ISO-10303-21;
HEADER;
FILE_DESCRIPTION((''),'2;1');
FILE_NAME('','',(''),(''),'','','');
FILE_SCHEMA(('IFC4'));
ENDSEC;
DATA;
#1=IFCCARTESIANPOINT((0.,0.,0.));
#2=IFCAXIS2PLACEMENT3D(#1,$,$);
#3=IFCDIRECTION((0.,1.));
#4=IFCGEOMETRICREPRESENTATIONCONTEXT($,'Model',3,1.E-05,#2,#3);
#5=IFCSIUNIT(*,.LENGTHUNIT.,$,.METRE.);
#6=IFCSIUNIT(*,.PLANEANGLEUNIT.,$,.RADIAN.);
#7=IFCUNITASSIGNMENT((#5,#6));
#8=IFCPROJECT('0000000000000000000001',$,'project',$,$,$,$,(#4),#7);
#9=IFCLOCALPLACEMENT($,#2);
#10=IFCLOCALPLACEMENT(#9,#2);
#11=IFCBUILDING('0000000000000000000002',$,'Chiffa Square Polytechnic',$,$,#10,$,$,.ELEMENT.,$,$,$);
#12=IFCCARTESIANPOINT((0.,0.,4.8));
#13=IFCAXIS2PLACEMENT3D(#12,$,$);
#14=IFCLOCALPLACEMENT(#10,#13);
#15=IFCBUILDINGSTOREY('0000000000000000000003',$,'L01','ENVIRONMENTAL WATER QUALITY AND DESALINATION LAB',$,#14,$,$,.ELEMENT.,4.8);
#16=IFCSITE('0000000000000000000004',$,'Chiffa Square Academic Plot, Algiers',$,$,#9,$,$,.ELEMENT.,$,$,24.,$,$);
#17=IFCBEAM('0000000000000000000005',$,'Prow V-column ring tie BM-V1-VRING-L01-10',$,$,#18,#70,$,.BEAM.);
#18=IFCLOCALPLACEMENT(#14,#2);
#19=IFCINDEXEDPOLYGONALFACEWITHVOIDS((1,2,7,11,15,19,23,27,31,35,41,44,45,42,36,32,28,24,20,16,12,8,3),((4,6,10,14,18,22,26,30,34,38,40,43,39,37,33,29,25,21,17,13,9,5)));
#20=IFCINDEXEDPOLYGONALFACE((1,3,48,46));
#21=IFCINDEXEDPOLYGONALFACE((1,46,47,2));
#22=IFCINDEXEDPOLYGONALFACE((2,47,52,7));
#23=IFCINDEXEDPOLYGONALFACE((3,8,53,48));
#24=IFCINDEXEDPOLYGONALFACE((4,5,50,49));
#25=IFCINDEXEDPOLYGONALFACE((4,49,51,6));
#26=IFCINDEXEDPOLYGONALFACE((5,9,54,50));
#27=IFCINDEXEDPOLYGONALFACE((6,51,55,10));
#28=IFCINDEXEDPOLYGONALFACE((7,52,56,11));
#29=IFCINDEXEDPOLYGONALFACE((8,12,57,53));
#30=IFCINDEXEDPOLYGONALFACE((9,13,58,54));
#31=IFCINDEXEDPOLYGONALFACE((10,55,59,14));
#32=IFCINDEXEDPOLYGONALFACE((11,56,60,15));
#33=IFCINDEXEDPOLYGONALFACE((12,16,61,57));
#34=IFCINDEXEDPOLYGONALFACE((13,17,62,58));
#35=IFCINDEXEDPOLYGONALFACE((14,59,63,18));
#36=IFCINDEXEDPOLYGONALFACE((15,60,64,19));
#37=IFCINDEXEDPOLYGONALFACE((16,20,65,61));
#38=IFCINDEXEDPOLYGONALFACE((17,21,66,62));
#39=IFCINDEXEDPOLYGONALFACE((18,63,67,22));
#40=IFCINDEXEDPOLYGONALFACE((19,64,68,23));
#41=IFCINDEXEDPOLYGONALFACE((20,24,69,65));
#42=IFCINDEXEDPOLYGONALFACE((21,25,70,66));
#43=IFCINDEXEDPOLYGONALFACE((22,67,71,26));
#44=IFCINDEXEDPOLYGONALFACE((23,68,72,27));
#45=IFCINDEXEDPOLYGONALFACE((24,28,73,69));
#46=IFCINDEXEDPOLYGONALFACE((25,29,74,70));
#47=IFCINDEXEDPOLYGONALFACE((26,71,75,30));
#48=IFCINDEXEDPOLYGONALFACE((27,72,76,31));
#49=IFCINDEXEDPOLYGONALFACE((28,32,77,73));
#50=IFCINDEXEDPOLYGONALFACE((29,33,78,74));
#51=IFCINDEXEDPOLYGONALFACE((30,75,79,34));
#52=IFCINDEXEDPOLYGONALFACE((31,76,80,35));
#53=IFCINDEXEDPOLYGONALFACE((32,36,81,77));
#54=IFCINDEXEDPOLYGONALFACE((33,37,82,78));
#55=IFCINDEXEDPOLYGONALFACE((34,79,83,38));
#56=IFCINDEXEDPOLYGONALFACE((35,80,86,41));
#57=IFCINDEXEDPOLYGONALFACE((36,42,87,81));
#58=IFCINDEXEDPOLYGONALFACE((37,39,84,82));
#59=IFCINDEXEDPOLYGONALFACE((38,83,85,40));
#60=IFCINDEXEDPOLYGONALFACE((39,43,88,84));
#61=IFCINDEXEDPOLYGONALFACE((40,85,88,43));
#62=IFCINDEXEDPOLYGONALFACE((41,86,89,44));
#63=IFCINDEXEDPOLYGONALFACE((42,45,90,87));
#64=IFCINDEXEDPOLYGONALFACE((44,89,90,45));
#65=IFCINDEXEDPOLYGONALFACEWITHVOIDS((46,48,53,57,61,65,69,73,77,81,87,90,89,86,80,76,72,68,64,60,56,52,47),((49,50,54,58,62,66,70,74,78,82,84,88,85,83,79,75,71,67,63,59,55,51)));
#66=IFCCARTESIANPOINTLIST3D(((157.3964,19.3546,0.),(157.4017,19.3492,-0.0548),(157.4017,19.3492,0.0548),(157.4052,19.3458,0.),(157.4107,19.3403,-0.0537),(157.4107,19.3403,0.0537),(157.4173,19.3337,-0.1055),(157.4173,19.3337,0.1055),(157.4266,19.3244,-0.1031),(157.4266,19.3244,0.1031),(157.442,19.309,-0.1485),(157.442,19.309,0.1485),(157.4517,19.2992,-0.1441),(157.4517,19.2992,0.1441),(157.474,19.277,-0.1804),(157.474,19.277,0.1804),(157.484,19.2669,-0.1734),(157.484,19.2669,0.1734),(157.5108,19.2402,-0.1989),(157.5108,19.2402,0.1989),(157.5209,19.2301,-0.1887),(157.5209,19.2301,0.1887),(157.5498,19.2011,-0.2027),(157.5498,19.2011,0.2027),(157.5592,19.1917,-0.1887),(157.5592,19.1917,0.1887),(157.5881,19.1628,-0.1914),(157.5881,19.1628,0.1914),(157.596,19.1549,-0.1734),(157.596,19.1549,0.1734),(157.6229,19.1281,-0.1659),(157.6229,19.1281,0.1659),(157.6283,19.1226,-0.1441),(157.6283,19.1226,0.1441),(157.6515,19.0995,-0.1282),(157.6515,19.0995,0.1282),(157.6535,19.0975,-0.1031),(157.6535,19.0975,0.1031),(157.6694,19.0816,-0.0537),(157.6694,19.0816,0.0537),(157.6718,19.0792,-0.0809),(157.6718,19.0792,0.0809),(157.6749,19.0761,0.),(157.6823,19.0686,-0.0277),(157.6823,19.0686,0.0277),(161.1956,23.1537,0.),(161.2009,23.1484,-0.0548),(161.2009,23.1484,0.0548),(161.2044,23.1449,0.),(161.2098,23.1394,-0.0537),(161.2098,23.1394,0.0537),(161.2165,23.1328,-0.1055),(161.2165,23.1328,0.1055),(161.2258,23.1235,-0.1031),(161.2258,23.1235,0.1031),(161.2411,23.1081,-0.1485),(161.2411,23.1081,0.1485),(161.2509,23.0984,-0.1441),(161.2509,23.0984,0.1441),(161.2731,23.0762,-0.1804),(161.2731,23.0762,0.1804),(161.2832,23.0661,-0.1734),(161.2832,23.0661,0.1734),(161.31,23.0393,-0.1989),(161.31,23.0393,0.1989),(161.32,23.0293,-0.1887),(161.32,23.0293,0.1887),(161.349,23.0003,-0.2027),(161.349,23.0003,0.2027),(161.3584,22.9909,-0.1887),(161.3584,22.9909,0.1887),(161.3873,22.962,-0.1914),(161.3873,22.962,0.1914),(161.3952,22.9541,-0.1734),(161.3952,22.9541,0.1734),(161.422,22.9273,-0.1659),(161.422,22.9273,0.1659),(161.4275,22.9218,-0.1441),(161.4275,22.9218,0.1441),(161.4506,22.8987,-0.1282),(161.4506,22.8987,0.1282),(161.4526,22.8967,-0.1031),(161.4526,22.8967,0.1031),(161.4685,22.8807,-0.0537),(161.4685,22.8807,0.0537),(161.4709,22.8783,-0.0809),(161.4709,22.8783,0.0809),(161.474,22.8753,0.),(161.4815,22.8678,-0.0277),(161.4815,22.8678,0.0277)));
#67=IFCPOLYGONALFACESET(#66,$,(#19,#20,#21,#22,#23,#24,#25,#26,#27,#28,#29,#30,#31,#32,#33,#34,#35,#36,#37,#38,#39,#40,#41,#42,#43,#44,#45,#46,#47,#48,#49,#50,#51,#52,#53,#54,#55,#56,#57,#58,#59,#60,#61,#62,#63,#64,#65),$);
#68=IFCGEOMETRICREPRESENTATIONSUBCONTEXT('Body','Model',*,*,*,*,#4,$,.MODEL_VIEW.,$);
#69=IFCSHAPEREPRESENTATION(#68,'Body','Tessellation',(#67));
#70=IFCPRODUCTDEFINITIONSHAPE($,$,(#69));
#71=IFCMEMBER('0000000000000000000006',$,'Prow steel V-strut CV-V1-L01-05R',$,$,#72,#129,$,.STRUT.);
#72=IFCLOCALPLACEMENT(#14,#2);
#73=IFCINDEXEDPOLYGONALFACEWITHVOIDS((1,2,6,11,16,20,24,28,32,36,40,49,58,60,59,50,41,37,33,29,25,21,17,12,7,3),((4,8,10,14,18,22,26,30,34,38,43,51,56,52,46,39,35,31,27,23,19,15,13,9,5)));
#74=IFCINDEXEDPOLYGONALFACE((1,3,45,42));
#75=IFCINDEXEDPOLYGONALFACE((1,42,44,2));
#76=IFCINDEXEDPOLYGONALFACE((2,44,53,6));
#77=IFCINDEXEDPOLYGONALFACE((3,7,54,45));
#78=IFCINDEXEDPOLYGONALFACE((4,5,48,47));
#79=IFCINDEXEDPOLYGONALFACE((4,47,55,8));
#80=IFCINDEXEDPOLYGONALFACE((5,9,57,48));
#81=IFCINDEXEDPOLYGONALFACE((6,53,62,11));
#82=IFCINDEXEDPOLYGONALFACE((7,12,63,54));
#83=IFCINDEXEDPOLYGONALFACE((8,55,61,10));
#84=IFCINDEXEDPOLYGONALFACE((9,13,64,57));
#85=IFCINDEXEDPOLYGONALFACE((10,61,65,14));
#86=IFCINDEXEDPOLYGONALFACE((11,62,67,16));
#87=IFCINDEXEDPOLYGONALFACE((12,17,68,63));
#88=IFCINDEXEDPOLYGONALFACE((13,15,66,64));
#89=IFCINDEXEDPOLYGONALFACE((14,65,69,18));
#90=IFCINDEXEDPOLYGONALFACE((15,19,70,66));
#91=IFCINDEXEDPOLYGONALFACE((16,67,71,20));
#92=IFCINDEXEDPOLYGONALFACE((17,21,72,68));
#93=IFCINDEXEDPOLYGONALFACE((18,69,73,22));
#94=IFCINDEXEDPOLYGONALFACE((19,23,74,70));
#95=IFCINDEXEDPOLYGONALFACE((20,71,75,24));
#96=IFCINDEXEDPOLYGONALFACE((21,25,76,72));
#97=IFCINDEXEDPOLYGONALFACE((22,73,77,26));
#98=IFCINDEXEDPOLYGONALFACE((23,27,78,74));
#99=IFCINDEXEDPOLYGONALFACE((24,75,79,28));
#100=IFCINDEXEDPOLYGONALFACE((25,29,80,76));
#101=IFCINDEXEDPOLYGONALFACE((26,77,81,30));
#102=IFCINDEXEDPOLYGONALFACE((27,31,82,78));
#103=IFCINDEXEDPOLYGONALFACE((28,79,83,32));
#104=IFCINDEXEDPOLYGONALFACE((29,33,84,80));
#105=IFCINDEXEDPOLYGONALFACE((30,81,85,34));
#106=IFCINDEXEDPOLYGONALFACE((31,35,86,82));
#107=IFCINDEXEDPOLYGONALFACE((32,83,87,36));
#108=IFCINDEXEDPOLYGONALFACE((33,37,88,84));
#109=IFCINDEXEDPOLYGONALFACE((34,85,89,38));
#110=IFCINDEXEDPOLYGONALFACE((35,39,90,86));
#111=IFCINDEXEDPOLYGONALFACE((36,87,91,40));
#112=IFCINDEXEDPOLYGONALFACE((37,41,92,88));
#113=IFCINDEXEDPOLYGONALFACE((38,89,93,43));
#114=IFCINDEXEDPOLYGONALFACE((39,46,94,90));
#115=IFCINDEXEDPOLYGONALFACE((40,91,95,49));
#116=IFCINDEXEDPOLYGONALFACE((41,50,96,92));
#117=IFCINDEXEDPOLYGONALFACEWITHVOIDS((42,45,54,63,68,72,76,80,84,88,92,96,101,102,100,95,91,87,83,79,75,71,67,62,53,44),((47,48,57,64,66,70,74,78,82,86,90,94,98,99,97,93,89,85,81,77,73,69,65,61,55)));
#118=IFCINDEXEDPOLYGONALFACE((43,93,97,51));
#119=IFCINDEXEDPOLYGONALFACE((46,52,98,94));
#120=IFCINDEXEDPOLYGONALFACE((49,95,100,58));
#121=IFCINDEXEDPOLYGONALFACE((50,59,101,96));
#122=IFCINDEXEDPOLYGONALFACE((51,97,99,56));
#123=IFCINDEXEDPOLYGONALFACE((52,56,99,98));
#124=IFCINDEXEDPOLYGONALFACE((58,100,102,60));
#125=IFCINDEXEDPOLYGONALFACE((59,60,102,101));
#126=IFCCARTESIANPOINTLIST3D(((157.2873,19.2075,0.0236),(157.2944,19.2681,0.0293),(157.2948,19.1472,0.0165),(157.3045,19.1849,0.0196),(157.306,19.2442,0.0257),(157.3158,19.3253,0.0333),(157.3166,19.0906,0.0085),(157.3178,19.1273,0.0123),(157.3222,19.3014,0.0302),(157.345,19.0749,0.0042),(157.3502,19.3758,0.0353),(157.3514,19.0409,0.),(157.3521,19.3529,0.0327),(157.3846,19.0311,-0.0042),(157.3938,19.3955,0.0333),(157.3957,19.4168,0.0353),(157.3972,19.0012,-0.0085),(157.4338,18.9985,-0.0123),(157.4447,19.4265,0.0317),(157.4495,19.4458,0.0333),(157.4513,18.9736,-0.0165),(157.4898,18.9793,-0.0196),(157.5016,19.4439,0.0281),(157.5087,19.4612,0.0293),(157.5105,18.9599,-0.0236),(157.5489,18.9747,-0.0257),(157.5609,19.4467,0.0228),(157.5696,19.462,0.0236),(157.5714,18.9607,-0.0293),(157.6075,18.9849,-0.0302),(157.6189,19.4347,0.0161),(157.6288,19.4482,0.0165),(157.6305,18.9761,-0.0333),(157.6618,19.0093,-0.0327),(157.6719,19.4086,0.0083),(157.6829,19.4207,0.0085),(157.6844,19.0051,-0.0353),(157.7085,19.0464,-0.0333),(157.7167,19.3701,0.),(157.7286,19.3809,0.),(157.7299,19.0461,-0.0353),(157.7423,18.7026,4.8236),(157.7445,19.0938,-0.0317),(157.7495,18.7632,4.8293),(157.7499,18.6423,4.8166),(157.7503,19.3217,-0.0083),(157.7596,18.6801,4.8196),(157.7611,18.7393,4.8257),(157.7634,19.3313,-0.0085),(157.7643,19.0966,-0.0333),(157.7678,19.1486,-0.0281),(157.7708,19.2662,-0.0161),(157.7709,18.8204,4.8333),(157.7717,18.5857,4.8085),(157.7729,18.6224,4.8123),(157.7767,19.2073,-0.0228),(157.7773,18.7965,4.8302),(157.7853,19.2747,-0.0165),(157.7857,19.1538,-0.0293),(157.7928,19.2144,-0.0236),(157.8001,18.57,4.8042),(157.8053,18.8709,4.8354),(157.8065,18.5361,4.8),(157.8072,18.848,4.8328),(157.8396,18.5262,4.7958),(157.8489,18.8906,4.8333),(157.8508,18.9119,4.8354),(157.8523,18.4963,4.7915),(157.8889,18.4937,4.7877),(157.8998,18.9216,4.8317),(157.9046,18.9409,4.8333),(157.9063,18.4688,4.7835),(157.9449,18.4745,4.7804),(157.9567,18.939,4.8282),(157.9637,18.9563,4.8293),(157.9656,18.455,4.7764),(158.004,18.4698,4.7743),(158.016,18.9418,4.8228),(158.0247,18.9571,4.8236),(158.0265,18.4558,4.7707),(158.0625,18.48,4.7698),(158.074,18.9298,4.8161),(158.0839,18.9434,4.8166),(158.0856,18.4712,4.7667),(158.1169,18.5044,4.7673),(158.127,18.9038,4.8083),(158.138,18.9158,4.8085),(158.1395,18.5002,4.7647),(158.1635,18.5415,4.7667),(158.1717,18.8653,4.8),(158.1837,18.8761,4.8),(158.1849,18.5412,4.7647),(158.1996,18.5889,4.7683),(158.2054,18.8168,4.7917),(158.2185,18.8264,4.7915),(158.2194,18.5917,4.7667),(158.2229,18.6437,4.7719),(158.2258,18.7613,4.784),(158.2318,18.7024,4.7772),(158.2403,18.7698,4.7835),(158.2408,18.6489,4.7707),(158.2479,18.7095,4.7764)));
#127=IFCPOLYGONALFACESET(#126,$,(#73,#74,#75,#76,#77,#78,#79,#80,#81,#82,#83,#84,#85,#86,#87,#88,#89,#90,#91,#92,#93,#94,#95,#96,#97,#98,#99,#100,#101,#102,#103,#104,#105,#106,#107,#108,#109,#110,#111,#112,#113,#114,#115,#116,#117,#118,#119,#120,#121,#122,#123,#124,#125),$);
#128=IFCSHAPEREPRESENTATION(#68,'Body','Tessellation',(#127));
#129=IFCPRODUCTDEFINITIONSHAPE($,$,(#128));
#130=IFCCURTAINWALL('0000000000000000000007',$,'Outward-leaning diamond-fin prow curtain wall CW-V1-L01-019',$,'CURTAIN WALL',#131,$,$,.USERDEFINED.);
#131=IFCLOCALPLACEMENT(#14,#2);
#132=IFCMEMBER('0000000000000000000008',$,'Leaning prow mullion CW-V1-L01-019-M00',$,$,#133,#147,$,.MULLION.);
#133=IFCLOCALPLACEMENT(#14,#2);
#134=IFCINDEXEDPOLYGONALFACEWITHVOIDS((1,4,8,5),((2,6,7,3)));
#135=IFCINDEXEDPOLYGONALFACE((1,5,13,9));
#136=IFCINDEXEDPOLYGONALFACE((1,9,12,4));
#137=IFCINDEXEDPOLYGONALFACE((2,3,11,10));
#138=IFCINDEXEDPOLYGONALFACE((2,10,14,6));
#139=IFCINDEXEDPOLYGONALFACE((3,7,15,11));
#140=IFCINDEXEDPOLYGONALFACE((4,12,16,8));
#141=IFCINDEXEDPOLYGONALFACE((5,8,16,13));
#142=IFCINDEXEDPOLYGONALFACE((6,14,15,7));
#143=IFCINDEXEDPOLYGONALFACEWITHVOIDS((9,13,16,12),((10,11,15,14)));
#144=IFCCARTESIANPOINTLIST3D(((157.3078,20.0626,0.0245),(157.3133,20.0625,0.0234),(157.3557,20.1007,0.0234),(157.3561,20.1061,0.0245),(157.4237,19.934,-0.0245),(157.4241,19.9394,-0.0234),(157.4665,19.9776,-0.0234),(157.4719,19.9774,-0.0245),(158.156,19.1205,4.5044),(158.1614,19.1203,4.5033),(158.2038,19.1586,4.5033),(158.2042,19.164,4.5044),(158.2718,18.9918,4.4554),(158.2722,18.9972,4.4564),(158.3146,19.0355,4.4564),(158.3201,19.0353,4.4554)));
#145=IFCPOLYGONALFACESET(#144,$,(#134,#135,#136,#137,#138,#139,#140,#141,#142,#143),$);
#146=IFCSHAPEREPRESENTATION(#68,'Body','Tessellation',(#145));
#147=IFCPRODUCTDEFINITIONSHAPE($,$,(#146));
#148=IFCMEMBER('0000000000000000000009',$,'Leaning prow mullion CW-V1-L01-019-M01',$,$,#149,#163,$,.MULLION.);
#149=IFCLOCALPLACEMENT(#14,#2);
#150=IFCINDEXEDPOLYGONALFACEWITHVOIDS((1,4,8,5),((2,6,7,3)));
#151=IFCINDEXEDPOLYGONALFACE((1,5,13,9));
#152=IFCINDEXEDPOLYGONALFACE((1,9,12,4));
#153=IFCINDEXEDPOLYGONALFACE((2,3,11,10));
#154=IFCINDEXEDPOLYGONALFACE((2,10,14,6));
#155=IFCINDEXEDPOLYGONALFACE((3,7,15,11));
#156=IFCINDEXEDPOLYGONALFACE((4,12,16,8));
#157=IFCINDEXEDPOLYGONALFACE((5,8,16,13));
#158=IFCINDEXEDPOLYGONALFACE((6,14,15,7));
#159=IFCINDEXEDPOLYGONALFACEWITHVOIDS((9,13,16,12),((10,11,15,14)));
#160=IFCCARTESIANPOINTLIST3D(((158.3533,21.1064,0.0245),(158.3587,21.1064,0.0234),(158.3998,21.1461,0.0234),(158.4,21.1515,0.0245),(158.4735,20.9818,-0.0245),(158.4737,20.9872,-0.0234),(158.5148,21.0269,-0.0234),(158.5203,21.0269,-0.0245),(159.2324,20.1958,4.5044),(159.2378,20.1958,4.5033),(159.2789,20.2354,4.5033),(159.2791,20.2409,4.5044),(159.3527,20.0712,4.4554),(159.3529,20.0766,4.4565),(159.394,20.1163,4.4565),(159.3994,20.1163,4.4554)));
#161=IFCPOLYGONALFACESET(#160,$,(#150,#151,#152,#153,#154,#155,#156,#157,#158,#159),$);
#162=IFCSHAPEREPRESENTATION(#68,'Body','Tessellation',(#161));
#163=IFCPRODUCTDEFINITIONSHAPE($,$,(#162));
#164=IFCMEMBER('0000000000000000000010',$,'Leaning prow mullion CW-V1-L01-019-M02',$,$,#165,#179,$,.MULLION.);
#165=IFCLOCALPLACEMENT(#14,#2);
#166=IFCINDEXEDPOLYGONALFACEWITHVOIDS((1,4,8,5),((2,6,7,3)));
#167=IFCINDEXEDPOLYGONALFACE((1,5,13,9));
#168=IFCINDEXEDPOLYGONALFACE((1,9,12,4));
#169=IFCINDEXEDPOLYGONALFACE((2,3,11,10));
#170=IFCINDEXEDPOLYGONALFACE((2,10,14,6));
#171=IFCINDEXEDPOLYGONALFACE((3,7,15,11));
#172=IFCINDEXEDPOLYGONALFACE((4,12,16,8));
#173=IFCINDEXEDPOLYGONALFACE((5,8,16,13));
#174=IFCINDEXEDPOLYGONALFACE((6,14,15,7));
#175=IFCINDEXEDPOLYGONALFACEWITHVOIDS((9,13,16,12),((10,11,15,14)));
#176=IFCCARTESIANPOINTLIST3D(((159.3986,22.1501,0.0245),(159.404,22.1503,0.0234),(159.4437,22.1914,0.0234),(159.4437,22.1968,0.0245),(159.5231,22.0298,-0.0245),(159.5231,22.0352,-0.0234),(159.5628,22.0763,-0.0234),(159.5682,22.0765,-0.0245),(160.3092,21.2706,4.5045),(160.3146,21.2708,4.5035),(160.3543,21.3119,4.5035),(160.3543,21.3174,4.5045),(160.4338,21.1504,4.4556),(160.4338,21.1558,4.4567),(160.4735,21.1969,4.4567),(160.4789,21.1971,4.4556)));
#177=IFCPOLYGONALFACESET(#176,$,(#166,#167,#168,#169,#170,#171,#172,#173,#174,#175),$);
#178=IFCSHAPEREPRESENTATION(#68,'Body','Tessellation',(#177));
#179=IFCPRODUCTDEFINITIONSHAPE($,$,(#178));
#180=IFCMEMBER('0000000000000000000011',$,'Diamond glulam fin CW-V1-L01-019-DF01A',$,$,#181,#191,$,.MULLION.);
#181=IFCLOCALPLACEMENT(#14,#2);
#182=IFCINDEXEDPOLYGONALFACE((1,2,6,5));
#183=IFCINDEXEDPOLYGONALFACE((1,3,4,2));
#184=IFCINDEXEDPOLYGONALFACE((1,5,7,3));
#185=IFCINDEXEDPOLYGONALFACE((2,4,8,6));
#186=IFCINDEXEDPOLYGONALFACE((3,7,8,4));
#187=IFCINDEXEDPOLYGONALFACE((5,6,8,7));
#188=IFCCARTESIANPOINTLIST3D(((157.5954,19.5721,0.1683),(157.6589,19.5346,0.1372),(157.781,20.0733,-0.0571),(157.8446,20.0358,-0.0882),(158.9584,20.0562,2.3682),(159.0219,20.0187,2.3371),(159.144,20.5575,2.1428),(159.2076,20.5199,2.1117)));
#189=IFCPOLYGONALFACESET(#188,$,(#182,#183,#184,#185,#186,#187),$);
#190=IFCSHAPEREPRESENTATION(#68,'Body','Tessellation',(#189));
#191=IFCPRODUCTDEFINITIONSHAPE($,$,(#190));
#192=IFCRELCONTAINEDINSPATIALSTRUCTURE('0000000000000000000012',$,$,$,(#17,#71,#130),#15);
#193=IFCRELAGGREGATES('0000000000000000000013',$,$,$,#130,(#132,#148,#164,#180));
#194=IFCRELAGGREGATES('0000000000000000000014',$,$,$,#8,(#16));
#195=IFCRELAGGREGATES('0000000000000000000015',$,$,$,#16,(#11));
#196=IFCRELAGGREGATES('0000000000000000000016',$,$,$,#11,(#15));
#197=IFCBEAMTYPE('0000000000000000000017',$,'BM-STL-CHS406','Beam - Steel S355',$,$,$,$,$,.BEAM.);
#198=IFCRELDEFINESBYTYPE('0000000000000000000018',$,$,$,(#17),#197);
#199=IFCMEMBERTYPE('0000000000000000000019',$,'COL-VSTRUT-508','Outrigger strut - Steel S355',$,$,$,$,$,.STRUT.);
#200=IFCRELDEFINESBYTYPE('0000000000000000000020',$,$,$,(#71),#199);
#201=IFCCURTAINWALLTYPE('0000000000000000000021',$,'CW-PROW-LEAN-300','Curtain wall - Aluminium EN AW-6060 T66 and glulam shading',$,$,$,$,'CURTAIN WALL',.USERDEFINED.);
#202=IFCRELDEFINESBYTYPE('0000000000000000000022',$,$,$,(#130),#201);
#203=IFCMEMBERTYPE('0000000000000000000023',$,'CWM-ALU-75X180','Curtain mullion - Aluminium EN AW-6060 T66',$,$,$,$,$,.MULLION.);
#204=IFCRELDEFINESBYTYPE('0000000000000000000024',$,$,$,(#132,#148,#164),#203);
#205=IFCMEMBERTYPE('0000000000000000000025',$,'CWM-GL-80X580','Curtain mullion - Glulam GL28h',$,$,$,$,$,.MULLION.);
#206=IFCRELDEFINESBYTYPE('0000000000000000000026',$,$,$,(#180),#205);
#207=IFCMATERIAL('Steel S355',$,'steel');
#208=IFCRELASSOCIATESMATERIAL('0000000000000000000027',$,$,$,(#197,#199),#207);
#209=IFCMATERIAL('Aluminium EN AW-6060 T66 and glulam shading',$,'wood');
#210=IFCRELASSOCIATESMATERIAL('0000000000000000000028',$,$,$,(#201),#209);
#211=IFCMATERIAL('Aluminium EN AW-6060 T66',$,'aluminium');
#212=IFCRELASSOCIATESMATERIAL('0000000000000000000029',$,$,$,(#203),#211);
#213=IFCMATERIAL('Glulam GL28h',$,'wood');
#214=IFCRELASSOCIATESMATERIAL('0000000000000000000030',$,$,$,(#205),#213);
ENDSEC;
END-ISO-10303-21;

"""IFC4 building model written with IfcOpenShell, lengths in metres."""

from ifc_helpers import new_model, si_unit, direction, frame, origin, origin_2d, place, context, subcontext, project, spatial, rectangle, hollow_rectangle, hollow_circle, extrude, material, material_profile, profile_set, type_object, element, aggregate, save


model = new_model("IFC4")

# Units and contexts
model_context = context("Model", 3, precision=1e-05, world=origin(), true_north=direction((0.0, 1.0)))
body_context = subcontext(model_context, "Body", "Model", "MODEL_VIEW")
ifc_project = project(units=[si_unit("LENGTHUNIT", "METRE"), si_unit("PLANEANGLEUNIT", "RADIAN")], contexts=[model_context])

# Site, building, storey
site_placement = place(None, origin())
site = spatial("IfcSite", under=ifc_project, at=site_placement, Name="Chiffa Square Academic Plot, Algiers", CompositionType="ELEMENT", RefElevation=24.0)
building_placement = place(site_placement, origin())
building = spatial("IfcBuilding", under=site, at=building_placement, Name="Chiffa Square Polytechnic", CompositionType="ELEMENT")
storey_placement = place(building_placement, frame((0.0, 0.0, 4.8)))
storey = spatial("IfcBuildingStorey", under=building, at=storey_placement, Name="L01", Description="ENVIRONMENTAL WATER QUALITY AND DESALINATION LAB", CompositionType="ELEMENT", Elevation=4.8)

# Beam
ifc_material_1 = material(Name="Steel S355", Category="steel")
ifc_material_profile_1 = material_profile(ifc_material_1, hollow_circle(Radius=0.2031, WallThickness=0.0125, at=origin_2d()), Name="CHS 406.4x12.5")
ifc_profile_set_1 = profile_set([ifc_material_profile_1], Name="Steel S355")
beam_type = type_object("IfcBeamType", Name="BM-STL-CHS406", Description="Beam - Steel S355", PredefinedType="BEAM", material=ifc_profile_set_1)
beam_placement = place(storey_placement, frame((157.54, 19.2109, 0.0), z_axis=(0.707107, 0.707107, 0.0), x_axis=(-0.707107, 0.707107, 0.0)))
element("IfcBeam", 1, at=beam_placement, inside=storey, type_object=beam_type, Name="Prow V-column ring tie BM-V1-VRING-L01-10", PredefinedType="BEAM", context=body_context, shape_type="SweptSolid", body=[
    extrude(hollow_circle(Radius=0.2031, WallThickness=0.0125, at=origin_2d()), origin(), (0.0, 0.0, 1.0), 5.3728),
])

# Member
ifc_material_profile_2 = material_profile(ifc_material_1, hollow_circle(Radius=0.2539, WallThickness=0.0161, at=origin_2d()), Name="CHS 508x16")
ifc_profile_set_2 = profile_set([ifc_material_profile_2], Name="Steel S355")
member_type_1 = type_object("IfcMemberType", Name="COL-VSTRUT-508", Description="Outrigger strut - Steel S355", PredefinedType="STRUT", material=ifc_profile_set_2)
member_1_placement = place(storey_placement, frame((157.54, 19.2109, 0.0), z_axis=(0.093871, -0.104144, 0.990122), x_axis=(0.742794, 0.66952, 0.0)))
element("IfcMember", 2, at=member_1_placement, inside=storey, type_object=member_type_1, Name="Prow steel V-strut CV-V1-L01-05R", PredefinedType="STRUT", context=body_context, shape_type="SweptSolid", body=[
    extrude(hollow_circle(Radius=0.2539, WallThickness=0.0161, at=origin_2d()), origin(), (0.0, 0.0, 1.0), 4.8479),
])

# Curtain wall, members
ifc_material_2 = material(Name="Aluminium EN AW-6060 T66 and glulam shading", Category="wood")
curtain_wall_type = type_object("IfcCurtainWallType", Name="CW-PROW-LEAN-300", Description="Curtain wall - Aluminium EN AW-6060 T66 and glulam shading", ElementType="CURTAIN WALL", PredefinedType="USERDEFINED", material=ifc_material_2)
curtain_wall_placement = place(storey_placement, origin())
curtain_wall = element("IfcCurtainWall", 3, at=curtain_wall_placement, inside=storey, type_object=curtain_wall_type, Name="Outward-leaning diamond-fin prow curtain wall CW-V1-L01-019", ObjectType="CURTAIN WALL", PredefinedType="USERDEFINED")
ifc_material_3 = material(Name="Aluminium EN AW-6060 T66", Category="aluminium")
ifc_material_profile_3 = material_profile(ifc_material_3, hollow_rectangle(XDim=0.0649, YDim=0.1799, WallThickness=0.0039, at=origin_2d()), Name="ALU 65x180x4")
ifc_profile_set_3 = profile_set([ifc_material_profile_3], Name="Aluminium EN AW-6060 T66")
member_type_2 = type_object("IfcMemberType", Name="CWM-ALU-75X180", Description="Curtain mullion - Aluminium EN AW-6060 T66", PredefinedType="MULLION", material=ifc_profile_set_3)
member_2_placement = place(storey_placement, frame((157.3899, 20.02, 0.0), z_axis=(0.182166, -0.202355, 0.96222), x_axis=(0.743208, 0.66906, 0.0)))
member_2 = element("IfcMember", 4, at=member_2_placement, type_object=member_type_2, Name="Leaning prow mullion CW-V1-L01-019-M00", PredefinedType="MULLION", context=body_context, shape_type="SweptSolid", body=[
    extrude(hollow_rectangle(XDim=0.0649, YDim=0.1799, WallThickness=0.0039, at=origin_2d()), origin(), (0.0, 0.0, 1.0), 4.6558),
])
member_3_placement = place(storey_placement, frame((158.4368, 21.0667, 0.0), z_axis=(0.188847, -0.195612, 0.962327), x_axis=(0.719438, 0.694557, 0.0)))
member_3 = element("IfcMember", 5, at=member_3_placement, type_object=member_type_2, Name="Leaning prow mullion CW-V1-L01-019-M01", PredefinedType="MULLION", context=body_context, shape_type="SweptSolid", body=[
    extrude(hollow_rectangle(XDim=0.0649, YDim=0.1799, WallThickness=0.0039, at=origin_2d()), origin(), (0.0, 0.0, 1.0), 4.6553),
])
member_4_placement = place(storey_placement, frame((159.4834, 22.1133, 0.0), z_axis=(0.19561, -0.188897, 0.962317), x_axis=(0.694656, 0.719342, 0.0)))
member_4 = element("IfcMember", 6, at=member_4_placement, type_object=member_type_2, Name="Leaning prow mullion CW-V1-L01-019-M02", PredefinedType="MULLION", context=body_context, shape_type="SweptSolid", body=[
    extrude(hollow_rectangle(XDim=0.0649, YDim=0.1799, WallThickness=0.0039, at=origin_2d()), origin(), (0.0, 0.0, 1.0), 4.6555),
])
ifc_material_4 = material(Name="Glulam GL28h", Category="wood")
ifc_material_profile_4 = material_profile(ifc_material_4, rectangle(XDim=0.0801, YDim=0.5801, at=origin_2d()), Name="GL28h 80x580")
ifc_profile_set_4 = profile_set([ifc_material_profile_4], Name="Glulam GL28h")
member_type_3 = type_object("IfcMemberType", Name="CWM-GL-80X580", Description="Curtain mullion - Glulam GL28h", PredefinedType="MULLION", material=ifc_profile_set_4)
member_5_placement = place(storey_placement, frame((157.72, 19.804, 0.04), z_axis=(0.517699, 0.183879, 0.835569), x_axis=(-0.793429, 0.468571, 0.388474)))
member_5 = element("IfcMember", 7, at=member_5_placement, type_object=member_type_3, Name="Diamond glulam fin CW-V1-L01-019-DF01A", PredefinedType="MULLION", context=body_context, shape_type="SweptSolid", body=[
    extrude(rectangle(XDim=0.0801, YDim=0.5801, at=origin_2d()), origin(), (0.0, 0.0, 1.0), 2.6328),
])
aggregate(curtain_wall, [member_2, member_3, member_4, member_5])

save(model, "model.ifc")
